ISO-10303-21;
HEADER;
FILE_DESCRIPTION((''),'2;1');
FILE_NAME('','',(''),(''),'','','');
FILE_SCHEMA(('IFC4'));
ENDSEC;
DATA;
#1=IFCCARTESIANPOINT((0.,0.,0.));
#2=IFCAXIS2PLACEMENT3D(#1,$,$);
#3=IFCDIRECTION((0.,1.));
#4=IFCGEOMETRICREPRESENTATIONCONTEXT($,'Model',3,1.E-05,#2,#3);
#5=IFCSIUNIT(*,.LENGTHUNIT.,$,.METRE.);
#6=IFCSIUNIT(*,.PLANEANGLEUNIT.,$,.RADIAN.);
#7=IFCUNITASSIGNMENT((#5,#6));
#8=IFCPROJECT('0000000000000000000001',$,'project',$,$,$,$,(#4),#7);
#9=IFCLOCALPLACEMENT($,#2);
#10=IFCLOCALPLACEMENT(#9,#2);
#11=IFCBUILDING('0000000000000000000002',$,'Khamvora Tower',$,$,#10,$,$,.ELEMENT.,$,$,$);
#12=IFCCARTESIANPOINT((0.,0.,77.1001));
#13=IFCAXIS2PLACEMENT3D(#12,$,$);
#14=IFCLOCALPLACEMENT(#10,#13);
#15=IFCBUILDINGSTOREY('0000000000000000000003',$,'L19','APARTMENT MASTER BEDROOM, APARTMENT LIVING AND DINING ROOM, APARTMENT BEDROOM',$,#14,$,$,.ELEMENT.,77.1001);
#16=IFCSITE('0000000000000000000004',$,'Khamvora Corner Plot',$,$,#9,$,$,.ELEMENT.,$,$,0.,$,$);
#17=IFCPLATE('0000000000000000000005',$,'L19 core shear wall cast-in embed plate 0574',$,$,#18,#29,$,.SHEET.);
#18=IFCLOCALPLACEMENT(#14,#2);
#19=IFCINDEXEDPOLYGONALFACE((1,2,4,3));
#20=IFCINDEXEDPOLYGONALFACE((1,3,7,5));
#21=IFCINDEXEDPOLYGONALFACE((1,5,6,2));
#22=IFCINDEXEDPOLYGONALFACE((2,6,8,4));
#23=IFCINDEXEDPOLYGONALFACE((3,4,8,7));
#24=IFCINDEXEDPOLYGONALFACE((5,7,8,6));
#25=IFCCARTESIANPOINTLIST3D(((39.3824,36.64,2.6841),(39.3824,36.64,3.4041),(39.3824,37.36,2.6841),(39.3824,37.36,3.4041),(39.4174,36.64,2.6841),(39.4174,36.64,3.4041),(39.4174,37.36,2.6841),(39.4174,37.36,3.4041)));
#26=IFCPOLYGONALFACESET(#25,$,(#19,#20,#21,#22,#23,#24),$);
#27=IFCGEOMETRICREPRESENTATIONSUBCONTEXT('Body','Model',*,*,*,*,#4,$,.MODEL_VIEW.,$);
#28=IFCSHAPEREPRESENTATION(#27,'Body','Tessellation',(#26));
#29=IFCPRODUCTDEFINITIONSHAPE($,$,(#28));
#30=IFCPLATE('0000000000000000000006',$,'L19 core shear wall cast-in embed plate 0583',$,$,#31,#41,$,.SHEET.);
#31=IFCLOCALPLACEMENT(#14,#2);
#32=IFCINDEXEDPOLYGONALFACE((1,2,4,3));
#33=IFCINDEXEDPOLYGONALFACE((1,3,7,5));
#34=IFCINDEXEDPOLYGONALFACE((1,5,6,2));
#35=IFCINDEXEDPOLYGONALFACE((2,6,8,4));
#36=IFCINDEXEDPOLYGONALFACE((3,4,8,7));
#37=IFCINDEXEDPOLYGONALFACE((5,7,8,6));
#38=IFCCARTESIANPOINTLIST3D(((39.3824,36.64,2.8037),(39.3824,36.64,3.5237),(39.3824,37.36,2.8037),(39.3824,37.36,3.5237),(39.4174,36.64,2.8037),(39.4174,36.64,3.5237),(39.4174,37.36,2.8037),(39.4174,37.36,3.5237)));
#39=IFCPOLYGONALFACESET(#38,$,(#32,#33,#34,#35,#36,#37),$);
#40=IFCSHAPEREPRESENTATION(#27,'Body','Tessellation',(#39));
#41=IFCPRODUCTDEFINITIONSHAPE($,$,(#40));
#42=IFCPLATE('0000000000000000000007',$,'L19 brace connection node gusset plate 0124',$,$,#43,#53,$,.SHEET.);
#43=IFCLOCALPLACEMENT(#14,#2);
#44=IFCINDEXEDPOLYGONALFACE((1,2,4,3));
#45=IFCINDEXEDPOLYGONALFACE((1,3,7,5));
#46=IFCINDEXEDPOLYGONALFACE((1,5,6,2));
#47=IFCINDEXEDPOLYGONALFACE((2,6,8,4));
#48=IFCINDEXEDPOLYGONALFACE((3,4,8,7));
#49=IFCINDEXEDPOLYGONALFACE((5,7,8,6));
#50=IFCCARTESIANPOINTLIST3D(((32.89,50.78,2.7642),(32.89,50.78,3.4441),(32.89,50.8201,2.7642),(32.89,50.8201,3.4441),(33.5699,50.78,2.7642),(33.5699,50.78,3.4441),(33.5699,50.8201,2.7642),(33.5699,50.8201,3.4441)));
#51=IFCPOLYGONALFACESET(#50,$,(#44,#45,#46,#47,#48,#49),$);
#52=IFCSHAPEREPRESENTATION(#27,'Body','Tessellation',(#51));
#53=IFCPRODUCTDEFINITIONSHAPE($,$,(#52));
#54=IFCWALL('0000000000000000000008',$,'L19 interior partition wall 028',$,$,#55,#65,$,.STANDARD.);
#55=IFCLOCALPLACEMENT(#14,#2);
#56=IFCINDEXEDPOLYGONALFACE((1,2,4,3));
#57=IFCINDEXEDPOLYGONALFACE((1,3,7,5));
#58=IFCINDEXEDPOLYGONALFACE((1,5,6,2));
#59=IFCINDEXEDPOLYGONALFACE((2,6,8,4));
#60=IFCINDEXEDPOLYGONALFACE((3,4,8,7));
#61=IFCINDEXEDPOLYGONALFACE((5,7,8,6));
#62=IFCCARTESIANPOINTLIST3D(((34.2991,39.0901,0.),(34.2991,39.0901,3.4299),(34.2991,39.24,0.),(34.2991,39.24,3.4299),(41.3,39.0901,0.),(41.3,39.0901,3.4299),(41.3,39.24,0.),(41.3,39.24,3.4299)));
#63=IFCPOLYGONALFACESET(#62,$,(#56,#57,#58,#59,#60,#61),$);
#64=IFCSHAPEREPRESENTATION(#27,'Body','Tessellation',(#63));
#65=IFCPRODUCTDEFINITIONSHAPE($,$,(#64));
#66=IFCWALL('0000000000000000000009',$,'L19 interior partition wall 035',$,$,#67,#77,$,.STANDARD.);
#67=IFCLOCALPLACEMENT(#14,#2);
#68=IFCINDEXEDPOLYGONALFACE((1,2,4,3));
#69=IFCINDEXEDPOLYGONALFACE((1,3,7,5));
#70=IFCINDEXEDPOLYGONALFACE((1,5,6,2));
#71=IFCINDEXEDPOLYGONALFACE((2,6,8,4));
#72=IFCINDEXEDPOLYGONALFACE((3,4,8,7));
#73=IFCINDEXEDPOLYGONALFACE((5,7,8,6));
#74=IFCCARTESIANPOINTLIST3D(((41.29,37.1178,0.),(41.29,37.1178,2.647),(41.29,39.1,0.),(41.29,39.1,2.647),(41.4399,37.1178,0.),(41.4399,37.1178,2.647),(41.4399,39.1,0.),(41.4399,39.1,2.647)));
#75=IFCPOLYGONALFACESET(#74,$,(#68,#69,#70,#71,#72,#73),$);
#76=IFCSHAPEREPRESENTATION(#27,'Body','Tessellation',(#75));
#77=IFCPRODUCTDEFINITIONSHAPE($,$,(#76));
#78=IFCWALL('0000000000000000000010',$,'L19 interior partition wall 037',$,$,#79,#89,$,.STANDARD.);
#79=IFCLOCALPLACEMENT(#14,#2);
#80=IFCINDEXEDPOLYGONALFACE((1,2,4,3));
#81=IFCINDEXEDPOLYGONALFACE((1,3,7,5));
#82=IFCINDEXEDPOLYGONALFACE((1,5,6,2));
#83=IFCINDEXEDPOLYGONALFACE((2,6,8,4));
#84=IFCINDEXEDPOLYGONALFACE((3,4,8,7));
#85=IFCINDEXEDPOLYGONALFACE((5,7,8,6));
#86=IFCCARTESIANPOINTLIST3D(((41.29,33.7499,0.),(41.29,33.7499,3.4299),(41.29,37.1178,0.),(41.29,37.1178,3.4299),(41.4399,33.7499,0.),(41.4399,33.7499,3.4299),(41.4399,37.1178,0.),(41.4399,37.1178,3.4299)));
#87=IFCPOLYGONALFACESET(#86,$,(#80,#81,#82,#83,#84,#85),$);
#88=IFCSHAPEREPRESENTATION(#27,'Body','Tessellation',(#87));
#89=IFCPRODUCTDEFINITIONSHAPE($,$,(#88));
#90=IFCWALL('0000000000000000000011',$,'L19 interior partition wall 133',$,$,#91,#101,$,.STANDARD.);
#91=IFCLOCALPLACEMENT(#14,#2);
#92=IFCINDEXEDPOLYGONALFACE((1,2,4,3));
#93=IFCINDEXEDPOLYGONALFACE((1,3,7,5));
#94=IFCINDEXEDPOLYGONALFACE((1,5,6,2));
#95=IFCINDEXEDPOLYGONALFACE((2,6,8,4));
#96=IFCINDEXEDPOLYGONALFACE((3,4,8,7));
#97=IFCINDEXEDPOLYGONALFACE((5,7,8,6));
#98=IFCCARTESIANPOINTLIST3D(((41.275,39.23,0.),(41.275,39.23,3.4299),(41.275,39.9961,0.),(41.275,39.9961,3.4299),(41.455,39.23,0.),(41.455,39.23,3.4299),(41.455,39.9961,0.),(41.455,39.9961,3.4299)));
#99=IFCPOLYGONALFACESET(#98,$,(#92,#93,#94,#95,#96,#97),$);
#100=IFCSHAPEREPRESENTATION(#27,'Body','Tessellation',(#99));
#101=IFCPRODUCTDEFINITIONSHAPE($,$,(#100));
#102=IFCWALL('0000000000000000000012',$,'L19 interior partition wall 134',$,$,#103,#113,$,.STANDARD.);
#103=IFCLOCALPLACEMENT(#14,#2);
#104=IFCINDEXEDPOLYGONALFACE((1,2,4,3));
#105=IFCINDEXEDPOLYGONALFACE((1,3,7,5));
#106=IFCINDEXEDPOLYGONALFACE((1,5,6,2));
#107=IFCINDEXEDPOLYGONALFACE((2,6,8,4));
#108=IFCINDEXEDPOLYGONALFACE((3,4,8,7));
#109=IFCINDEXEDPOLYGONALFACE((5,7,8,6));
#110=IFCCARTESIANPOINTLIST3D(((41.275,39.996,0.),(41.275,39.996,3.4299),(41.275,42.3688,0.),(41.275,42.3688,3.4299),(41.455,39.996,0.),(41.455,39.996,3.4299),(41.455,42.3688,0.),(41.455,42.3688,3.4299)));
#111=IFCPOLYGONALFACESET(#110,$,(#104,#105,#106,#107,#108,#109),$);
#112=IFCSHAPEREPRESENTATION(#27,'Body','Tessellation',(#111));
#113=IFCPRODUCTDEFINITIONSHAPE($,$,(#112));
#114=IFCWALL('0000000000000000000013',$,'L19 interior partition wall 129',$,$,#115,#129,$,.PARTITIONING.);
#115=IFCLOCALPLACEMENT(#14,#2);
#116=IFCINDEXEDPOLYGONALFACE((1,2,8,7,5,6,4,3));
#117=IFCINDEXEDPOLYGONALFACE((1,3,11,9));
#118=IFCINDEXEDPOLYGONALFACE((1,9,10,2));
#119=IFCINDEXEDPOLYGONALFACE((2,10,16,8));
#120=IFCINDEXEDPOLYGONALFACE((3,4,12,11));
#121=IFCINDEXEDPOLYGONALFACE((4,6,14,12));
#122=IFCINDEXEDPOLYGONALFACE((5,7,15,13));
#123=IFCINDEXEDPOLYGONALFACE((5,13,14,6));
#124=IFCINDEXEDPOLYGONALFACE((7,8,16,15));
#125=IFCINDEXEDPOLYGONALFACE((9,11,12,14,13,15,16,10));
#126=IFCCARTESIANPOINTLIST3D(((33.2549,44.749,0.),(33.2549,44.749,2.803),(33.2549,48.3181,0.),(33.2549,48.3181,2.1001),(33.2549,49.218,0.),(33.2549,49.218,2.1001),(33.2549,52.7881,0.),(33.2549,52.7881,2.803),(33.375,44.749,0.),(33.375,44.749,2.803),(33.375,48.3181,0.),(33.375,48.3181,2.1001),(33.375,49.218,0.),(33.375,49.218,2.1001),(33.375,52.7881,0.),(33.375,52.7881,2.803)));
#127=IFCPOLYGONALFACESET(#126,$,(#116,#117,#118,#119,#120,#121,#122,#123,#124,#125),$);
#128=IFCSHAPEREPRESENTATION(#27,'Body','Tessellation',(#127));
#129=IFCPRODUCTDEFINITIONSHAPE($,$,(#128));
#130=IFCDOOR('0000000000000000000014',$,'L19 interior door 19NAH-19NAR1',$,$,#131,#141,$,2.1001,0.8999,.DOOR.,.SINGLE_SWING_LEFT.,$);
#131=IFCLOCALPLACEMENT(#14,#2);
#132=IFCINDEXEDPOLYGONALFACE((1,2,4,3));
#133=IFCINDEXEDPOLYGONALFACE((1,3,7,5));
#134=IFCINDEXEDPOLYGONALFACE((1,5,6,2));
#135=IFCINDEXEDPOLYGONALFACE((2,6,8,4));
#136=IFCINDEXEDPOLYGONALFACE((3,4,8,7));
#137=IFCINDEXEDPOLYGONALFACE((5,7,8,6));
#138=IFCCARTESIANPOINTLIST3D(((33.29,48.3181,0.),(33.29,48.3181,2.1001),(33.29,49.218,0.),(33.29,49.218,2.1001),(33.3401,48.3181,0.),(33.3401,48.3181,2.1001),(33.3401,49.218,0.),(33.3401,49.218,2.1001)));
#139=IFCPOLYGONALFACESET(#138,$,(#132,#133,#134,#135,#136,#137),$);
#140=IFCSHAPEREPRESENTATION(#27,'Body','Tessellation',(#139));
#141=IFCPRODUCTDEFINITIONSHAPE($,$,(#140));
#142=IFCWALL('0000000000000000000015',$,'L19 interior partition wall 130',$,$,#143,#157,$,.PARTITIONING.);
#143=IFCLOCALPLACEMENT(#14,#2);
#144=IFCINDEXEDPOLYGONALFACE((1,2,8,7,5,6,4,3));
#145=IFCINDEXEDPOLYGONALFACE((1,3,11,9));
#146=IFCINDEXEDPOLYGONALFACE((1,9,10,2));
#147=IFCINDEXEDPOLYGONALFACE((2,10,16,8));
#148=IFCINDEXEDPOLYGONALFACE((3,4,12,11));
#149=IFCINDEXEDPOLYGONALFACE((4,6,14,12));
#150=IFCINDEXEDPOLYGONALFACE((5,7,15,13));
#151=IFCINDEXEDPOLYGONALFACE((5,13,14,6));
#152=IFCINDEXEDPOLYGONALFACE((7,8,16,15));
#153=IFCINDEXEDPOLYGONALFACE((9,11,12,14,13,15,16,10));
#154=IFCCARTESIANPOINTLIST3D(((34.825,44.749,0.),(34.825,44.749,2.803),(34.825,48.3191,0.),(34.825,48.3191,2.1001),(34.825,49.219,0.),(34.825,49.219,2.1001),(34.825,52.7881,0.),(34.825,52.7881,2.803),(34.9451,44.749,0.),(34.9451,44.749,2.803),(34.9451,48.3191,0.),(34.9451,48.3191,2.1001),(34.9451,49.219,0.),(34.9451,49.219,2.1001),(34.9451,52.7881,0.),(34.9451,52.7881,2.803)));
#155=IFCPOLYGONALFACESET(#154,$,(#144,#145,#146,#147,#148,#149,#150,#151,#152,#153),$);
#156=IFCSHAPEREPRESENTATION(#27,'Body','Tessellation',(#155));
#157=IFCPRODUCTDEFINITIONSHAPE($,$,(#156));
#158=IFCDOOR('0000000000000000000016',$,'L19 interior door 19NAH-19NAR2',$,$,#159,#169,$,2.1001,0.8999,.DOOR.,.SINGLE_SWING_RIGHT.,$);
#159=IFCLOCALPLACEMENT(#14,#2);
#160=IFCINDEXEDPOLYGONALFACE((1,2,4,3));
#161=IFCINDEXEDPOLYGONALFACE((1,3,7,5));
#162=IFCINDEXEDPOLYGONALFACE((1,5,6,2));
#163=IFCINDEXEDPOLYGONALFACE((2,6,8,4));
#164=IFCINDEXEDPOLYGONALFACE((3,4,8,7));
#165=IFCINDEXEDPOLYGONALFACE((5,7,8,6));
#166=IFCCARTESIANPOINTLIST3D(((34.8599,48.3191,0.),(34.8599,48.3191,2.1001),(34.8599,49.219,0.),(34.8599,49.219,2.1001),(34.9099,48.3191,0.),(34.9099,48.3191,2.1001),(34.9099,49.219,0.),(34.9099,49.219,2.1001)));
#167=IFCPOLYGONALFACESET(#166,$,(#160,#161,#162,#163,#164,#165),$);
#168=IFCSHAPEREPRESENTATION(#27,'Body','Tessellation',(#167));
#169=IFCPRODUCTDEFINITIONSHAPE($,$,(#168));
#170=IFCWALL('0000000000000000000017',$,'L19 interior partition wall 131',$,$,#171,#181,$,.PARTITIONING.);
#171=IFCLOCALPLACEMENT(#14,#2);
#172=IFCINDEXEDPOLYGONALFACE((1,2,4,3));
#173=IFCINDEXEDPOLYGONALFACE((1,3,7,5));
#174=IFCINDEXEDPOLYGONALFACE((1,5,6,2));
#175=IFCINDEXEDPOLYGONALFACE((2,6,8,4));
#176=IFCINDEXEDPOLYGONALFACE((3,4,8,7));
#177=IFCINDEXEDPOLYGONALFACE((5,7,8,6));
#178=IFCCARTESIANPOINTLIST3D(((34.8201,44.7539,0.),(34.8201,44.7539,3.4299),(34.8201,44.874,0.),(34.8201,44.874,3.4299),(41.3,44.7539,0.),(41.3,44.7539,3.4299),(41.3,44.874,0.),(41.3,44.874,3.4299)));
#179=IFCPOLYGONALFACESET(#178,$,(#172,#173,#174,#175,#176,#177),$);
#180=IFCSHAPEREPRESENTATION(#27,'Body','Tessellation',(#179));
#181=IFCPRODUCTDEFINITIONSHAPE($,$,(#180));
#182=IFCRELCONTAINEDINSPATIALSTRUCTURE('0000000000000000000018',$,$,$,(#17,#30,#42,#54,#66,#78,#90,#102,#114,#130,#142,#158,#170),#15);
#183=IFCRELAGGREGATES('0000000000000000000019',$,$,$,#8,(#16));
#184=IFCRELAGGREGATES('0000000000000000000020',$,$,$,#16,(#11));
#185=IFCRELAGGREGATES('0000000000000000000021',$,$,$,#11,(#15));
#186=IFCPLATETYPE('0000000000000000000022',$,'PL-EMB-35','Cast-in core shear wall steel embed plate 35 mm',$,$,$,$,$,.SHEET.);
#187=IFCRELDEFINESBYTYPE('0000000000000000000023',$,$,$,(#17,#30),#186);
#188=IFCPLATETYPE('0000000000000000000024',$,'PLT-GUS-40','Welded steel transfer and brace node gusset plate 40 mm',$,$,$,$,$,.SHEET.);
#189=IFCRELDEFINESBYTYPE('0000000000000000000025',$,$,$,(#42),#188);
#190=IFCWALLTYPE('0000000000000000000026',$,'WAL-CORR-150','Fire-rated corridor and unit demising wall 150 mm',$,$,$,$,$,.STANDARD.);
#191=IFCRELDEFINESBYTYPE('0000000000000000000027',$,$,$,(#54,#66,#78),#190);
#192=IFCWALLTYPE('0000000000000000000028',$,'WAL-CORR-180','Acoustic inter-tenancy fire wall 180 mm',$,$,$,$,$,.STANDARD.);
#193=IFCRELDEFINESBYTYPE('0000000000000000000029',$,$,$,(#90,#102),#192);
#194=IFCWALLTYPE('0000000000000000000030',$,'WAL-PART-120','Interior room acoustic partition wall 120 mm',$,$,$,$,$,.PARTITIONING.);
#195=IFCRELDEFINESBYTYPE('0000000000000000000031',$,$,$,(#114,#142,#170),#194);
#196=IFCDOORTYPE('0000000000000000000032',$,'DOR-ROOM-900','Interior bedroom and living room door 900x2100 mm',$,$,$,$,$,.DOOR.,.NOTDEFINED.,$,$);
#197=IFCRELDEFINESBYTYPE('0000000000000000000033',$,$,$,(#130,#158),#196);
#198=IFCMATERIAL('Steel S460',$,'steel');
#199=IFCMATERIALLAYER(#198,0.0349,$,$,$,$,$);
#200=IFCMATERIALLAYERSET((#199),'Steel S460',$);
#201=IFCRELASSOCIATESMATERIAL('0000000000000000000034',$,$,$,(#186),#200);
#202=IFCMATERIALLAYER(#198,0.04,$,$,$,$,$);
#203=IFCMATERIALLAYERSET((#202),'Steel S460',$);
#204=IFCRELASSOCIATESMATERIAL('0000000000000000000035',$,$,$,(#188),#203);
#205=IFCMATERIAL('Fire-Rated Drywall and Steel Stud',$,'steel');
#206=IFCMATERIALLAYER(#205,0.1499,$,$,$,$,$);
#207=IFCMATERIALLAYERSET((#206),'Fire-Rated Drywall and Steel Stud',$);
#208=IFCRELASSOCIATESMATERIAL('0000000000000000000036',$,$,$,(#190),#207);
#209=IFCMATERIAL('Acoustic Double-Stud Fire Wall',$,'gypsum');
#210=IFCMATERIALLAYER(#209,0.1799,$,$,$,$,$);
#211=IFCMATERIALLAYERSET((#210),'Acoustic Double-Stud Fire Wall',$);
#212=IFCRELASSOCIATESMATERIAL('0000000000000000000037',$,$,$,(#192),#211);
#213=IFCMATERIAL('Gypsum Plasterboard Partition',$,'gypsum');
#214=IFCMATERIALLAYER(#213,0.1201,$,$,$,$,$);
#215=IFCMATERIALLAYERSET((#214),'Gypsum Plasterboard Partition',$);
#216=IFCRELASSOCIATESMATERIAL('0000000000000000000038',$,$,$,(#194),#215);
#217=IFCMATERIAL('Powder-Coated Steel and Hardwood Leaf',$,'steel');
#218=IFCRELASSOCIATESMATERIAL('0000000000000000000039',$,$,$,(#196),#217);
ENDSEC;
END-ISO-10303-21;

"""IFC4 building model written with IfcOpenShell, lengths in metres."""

from ifc_helpers import new_model, si_unit, direction, frame, frame_2d, origin, origin_2d, place, context, subcontext, project, spatial, rectangle, extrude, material, layer, layer_set, type_object, element, fill, save


model = new_model("IFC4")

# Units and contexts
model_context = context("Model", 3, precision=1e-05, world=origin(), true_north=direction((0.0, 1.0)))
body_context = subcontext(model_context, "Body", "Model", "MODEL_VIEW")
ifc_project = project(units=[si_unit("LENGTHUNIT", "METRE"), si_unit("PLANEANGLEUNIT", "RADIAN")], contexts=[model_context])

# Site, building, storey
site_placement = place(None, origin())
site = spatial("IfcSite", under=ifc_project, at=site_placement, Name="Khamvora Corner Plot", CompositionType="ELEMENT", RefElevation=0.0)
building_placement = place(site_placement, origin())
building = spatial("IfcBuilding", under=site, at=building_placement, Name="Khamvora Tower", CompositionType="ELEMENT")
storey_placement = place(building_placement, frame((0.0, 0.0, 77.1001)))
storey = spatial("IfcBuildingStorey", under=building, at=storey_placement, Name="L19", Description="APARTMENT MASTER BEDROOM, APARTMENT LIVING AND DINING ROOM, APARTMENT BEDROOM", CompositionType="ELEMENT", Elevation=77.1001)

# Plates
ifc_material_1 = material(Name="Steel S460", Category="steel")
ifc_layer_1 = layer(ifc_material_1, 0.0349)
ifc_layer_set_1 = layer_set([ifc_layer_1], Name="Steel S460")
plate_type_1 = type_object("IfcPlateType", Name="PL-EMB-35", Description="Cast-in core shear wall steel embed plate 35 mm", PredefinedType="SHEET", material=ifc_layer_set_1)
for number, where, z_axis, x_axis, name in (
    (1, (39.3999, 37.0, 2.6841), (0.0, 0.0, 1.0), (1.0, 0.0, 0.0), "L19 core shear wall cast-in embed plate 0574"),
    (2, (39.3999, 37.0, 2.8037), (0.0, 0.0, 1.0), (1.0, 0.0, 0.0), "L19 core shear wall cast-in embed plate 0583"),
):
    element("IfcPlate", number, at=place(storey_placement, frame(where, z_axis=z_axis, x_axis=x_axis)), inside=storey, type_object=plate_type_1, Name=name, PredefinedType="SHEET", context=body_context, shape_type="SweptSolid", body=[
        extrude(rectangle(XDim=0.0349, YDim=0.72, at=origin_2d()), origin(), (0.0, 0.0, 1.0), 0.72),
    ])
ifc_layer_2 = layer(ifc_material_1, 0.04)
ifc_layer_set_2 = layer_set([ifc_layer_2], Name="Steel S460")
plate_type_2 = type_object("IfcPlateType", Name="PLT-GUS-40", Description="Welded steel transfer and brace node gusset plate 40 mm", PredefinedType="SHEET", material=ifc_layer_set_2)
plate_1_placement = place(storey_placement, frame((33.23, 50.8, 2.7642), z_axis=(0.0, 0.0, 1.0), x_axis=(1.0, 0.0, 0.0)))
element("IfcPlate", 3, at=plate_1_placement, inside=storey, type_object=plate_type_2, Name="L19 brace connection node gusset plate 0124", PredefinedType="SHEET", context=body_context, shape_type="SweptSolid", body=[
    extrude(rectangle(XDim=0.6799, YDim=0.04, at=origin_2d()), origin(), (0.0, 0.0, 1.0), 0.6799),
])

# Shared definitions
ifc_material_2 = material(Name="Fire-Rated Drywall and Steel Stud", Category="steel")
ifc_layer_3 = layer(ifc_material_2, 0.1499)
ifc_layer_set_3 = layer_set([ifc_layer_3], Name="Fire-Rated Drywall and Steel Stud")
wall_type_1 = type_object("IfcWallType", Name="WAL-CORR-150", Description="Fire-rated corridor and unit demising wall 150 mm", PredefinedType="STANDARD", material=ifc_layer_set_3)
ifc_material_3 = material(Name="Powder-Coated Steel and Hardwood Leaf", Category="steel")

# Walls
wall_1_placement = place(storey_placement, frame((34.2991, 39.165, 0.0), z_axis=(0.0, 0.0, 1.0), x_axis=(1.0, 0.0, 0.0)))
element("IfcWall", 4, at=wall_1_placement, inside=storey, type_object=wall_type_1, Name="L19 interior partition wall 028", PredefinedType="STANDARD", context=body_context, shape_type="SweptSolid", body=[
    extrude(rectangle(XDim=7.001, YDim=0.1499, at=frame_2d((3.5005, 0.0))), origin(), (0.0, 0.0, 1.0), 3.4299),
])
wall_2_placement = place(storey_placement, frame((41.365, 39.1001, 0.0), z_axis=(0.0, 0.0, 1.0), x_axis=(0.0, -1.0, 0.0)))
element("IfcWall", 5, at=wall_2_placement, inside=storey, type_object=wall_type_1, Name="L19 interior partition wall 035", PredefinedType="STANDARD", context=body_context, shape_type="SweptSolid", body=[
    extrude(rectangle(XDim=1.9822, YDim=0.1499, at=frame_2d((0.9912, 0.0))), origin(), (0.0, 0.0, 1.0), 2.647),
])
wall_3_placement = place(storey_placement, frame((41.365, 37.1179, 0.0), z_axis=(0.0, 0.0, 1.0), x_axis=(0.0, -1.0, 0.0)))
element("IfcWall", 6, at=wall_3_placement, inside=storey, type_object=wall_type_1, Name="L19 interior partition wall 037", PredefinedType="STANDARD", context=body_context, shape_type="SweptSolid", body=[
    extrude(rectangle(XDim=3.3679, YDim=0.1499, at=frame_2d((1.6841, 0.0))), origin(), (0.0, 0.0, 1.0), 3.4299),
])
ifc_material_4 = material(Name="Acoustic Double-Stud Fire Wall", Category="gypsum")
ifc_layer_4 = layer(ifc_material_4, 0.1799)
ifc_layer_set_4 = layer_set([ifc_layer_4], Name="Acoustic Double-Stud Fire Wall")
wall_type_2 = type_object("IfcWallType", Name="WAL-CORR-180", Description="Acoustic inter-tenancy fire wall 180 mm", PredefinedType="STANDARD", material=ifc_layer_set_4)
wall_4_placement = place(storey_placement, frame((41.365, 39.9961, 0.0), z_axis=(0.0, 0.0, 1.0), x_axis=(0.0, -1.0, 0.0)))
element("IfcWall", 7, at=wall_4_placement, inside=storey, type_object=wall_type_2, Name="L19 interior partition wall 133", PredefinedType="STANDARD", context=body_context, shape_type="SweptSolid", body=[
    extrude(rectangle(XDim=0.7661, YDim=0.1799, at=frame_2d((0.3831, 0.0))), origin(), (0.0, 0.0, 1.0), 3.4299),
])
wall_5_placement = place(storey_placement, frame((41.365, 42.3689, 0.0), z_axis=(0.0, 0.0, 1.0), x_axis=(0.0, -1.0, 0.0)))
element("IfcWall", 8, at=wall_5_placement, inside=storey, type_object=wall_type_2, Name="L19 interior partition wall 134", PredefinedType="STANDARD", context=body_context, shape_type="SweptSolid", body=[
    extrude(rectangle(XDim=2.3728, YDim=0.1799, at=frame_2d((1.1865, 0.0))), origin(), (0.0, 0.0, 1.0), 3.4299),
])

# Walls, openings, doors
ifc_material_5 = material(Name="Gypsum Plasterboard Partition", Category="gypsum")
ifc_layer_5 = layer(ifc_material_5, 0.1201)
ifc_layer_set_5 = layer_set([ifc_layer_5], Name="Gypsum Plasterboard Partition")
wall_type_3 = type_object("IfcWallType", Name="WAL-PART-120", Description="Interior room acoustic partition wall 120 mm", PredefinedType="PARTITIONING", material=ifc_layer_set_5)
wall_6_placement = place(storey_placement, frame((33.3149, 44.749, 0.0), z_axis=(0.0, 0.0, 1.0), x_axis=(0.0, 1.0, 0.0)))
wall_6 = element("IfcWall", 9, at=wall_6_placement, inside=storey, type_object=wall_type_3, Name="L19 interior partition wall 129", PredefinedType="PARTITIONING", context=body_context, shape_type="SweptSolid", body=[
    extrude(rectangle(XDim=8.0391, YDim=0.1201, at=frame_2d((4.0195, 0.0))), origin(), (0.0, 0.0, 1.0), 2.803),
])
opening_1_placement = place(wall_6_placement, frame((3.5691, 0.0, 0.0)))
opening_1 = element("IfcOpeningElement", 10, at=opening_1_placement, cuts=wall_6, PredefinedType="OPENING", context=body_context, shape_type="SweptSolid", body=[
    extrude(rectangle(XDim=0.8999, YDim=2.1001, at=frame_2d((0.45, 1.05))), frame((0.0, 0.0701, 0.0), z_axis=(0.0, -1.0, 0.0), x_axis=(1.0, 0.0, 0.0)), (0.0, 0.0, 1.0), 0.1401),
])
door_type_1 = type_object("IfcDoorType", Name="DOR-ROOM-900", Description="Interior bedroom and living room door 900x2100 mm", OperationType="NOTDEFINED", PredefinedType="DOOR", material=ifc_material_3)
door_1_placement = place(opening_1_placement, origin())
door_1 = element("IfcDoor", 11, at=door_1_placement, inside=storey, type_object=door_type_1, Name="L19 interior door 19NAH-19NAR1", OperationType="SINGLE_SWING_LEFT", OverallHeight=2.1001, OverallWidth=0.8999, PredefinedType="DOOR", context=body_context, shape_type="SweptSolid", body=[
    extrude(rectangle(XDim=0.8999, YDim=2.1001, at=frame_2d((0.45, 1.05))), frame((0.0, 0.0249, 0.0), z_axis=(0.0, -1.0, 0.0), x_axis=(1.0, 0.0, 0.0)), (0.0, 0.0, 1.0), 0.05),
])
fill(opening_1, door_1)
wall_7_placement = place(storey_placement, frame((34.885, 52.7881, 0.0), z_axis=(0.0, 0.0, 1.0), x_axis=(0.0, -1.0, 0.0)))
wall_7 = element("IfcWall", 12, at=wall_7_placement, inside=storey, type_object=wall_type_3, Name="L19 interior partition wall 130", PredefinedType="PARTITIONING", context=body_context, shape_type="SweptSolid", body=[
    extrude(rectangle(XDim=8.0391, YDim=0.1201, at=frame_2d((4.0195, 0.0))), origin(), (0.0, 0.0, 1.0), 2.803),
])
opening_2_placement = place(wall_7_placement, frame((3.5691, 0.0, 0.0)))
opening_2 = element("IfcOpeningElement", 13, at=opening_2_placement, cuts=wall_7, PredefinedType="OPENING", context=body_context, shape_type="SweptSolid", body=[
    extrude(rectangle(XDim=0.8999, YDim=2.1001, at=frame_2d((0.45, 1.05))), frame((0.0, 0.0701, 0.0), z_axis=(0.0, -1.0, 0.0), x_axis=(1.0, 0.0, 0.0)), (0.0, 0.0, 1.0), 0.1401),
])
door_2_placement = place(opening_2_placement, origin())
door_2 = element("IfcDoor", 14, at=door_2_placement, inside=storey, type_object=door_type_1, Name="L19 interior door 19NAH-19NAR2", OperationType="SINGLE_SWING_RIGHT", OverallHeight=2.1001, OverallWidth=0.8999, PredefinedType="DOOR", context=body_context, shape_type="SweptSolid", body=[
    extrude(rectangle(XDim=0.8999, YDim=2.1001, at=frame_2d((0.45, 1.05))), frame((0.0, 0.0249, 0.0), z_axis=(0.0, -1.0, 0.0), x_axis=(1.0, 0.0, 0.0)), (0.0, 0.0, 1.0), 0.05),
])
fill(opening_2, door_2)

# Wall
wall_8_placement = place(storey_placement, frame((34.8201, 44.814, 0.0), z_axis=(0.0, 0.0, 1.0), x_axis=(1.0, 0.0, 0.0)))
element("IfcWall", 15, at=wall_8_placement, inside=storey, type_object=wall_type_3, Name="L19 interior partition wall 131", PredefinedType="PARTITIONING", context=body_context, shape_type="SweptSolid", body=[
    extrude(rectangle(XDim=6.48, YDim=0.1201, at=frame_2d((3.24, 0.0))), origin(), (0.0, 0.0, 1.0), 3.4299),
])

save(model, "model.ifc")
